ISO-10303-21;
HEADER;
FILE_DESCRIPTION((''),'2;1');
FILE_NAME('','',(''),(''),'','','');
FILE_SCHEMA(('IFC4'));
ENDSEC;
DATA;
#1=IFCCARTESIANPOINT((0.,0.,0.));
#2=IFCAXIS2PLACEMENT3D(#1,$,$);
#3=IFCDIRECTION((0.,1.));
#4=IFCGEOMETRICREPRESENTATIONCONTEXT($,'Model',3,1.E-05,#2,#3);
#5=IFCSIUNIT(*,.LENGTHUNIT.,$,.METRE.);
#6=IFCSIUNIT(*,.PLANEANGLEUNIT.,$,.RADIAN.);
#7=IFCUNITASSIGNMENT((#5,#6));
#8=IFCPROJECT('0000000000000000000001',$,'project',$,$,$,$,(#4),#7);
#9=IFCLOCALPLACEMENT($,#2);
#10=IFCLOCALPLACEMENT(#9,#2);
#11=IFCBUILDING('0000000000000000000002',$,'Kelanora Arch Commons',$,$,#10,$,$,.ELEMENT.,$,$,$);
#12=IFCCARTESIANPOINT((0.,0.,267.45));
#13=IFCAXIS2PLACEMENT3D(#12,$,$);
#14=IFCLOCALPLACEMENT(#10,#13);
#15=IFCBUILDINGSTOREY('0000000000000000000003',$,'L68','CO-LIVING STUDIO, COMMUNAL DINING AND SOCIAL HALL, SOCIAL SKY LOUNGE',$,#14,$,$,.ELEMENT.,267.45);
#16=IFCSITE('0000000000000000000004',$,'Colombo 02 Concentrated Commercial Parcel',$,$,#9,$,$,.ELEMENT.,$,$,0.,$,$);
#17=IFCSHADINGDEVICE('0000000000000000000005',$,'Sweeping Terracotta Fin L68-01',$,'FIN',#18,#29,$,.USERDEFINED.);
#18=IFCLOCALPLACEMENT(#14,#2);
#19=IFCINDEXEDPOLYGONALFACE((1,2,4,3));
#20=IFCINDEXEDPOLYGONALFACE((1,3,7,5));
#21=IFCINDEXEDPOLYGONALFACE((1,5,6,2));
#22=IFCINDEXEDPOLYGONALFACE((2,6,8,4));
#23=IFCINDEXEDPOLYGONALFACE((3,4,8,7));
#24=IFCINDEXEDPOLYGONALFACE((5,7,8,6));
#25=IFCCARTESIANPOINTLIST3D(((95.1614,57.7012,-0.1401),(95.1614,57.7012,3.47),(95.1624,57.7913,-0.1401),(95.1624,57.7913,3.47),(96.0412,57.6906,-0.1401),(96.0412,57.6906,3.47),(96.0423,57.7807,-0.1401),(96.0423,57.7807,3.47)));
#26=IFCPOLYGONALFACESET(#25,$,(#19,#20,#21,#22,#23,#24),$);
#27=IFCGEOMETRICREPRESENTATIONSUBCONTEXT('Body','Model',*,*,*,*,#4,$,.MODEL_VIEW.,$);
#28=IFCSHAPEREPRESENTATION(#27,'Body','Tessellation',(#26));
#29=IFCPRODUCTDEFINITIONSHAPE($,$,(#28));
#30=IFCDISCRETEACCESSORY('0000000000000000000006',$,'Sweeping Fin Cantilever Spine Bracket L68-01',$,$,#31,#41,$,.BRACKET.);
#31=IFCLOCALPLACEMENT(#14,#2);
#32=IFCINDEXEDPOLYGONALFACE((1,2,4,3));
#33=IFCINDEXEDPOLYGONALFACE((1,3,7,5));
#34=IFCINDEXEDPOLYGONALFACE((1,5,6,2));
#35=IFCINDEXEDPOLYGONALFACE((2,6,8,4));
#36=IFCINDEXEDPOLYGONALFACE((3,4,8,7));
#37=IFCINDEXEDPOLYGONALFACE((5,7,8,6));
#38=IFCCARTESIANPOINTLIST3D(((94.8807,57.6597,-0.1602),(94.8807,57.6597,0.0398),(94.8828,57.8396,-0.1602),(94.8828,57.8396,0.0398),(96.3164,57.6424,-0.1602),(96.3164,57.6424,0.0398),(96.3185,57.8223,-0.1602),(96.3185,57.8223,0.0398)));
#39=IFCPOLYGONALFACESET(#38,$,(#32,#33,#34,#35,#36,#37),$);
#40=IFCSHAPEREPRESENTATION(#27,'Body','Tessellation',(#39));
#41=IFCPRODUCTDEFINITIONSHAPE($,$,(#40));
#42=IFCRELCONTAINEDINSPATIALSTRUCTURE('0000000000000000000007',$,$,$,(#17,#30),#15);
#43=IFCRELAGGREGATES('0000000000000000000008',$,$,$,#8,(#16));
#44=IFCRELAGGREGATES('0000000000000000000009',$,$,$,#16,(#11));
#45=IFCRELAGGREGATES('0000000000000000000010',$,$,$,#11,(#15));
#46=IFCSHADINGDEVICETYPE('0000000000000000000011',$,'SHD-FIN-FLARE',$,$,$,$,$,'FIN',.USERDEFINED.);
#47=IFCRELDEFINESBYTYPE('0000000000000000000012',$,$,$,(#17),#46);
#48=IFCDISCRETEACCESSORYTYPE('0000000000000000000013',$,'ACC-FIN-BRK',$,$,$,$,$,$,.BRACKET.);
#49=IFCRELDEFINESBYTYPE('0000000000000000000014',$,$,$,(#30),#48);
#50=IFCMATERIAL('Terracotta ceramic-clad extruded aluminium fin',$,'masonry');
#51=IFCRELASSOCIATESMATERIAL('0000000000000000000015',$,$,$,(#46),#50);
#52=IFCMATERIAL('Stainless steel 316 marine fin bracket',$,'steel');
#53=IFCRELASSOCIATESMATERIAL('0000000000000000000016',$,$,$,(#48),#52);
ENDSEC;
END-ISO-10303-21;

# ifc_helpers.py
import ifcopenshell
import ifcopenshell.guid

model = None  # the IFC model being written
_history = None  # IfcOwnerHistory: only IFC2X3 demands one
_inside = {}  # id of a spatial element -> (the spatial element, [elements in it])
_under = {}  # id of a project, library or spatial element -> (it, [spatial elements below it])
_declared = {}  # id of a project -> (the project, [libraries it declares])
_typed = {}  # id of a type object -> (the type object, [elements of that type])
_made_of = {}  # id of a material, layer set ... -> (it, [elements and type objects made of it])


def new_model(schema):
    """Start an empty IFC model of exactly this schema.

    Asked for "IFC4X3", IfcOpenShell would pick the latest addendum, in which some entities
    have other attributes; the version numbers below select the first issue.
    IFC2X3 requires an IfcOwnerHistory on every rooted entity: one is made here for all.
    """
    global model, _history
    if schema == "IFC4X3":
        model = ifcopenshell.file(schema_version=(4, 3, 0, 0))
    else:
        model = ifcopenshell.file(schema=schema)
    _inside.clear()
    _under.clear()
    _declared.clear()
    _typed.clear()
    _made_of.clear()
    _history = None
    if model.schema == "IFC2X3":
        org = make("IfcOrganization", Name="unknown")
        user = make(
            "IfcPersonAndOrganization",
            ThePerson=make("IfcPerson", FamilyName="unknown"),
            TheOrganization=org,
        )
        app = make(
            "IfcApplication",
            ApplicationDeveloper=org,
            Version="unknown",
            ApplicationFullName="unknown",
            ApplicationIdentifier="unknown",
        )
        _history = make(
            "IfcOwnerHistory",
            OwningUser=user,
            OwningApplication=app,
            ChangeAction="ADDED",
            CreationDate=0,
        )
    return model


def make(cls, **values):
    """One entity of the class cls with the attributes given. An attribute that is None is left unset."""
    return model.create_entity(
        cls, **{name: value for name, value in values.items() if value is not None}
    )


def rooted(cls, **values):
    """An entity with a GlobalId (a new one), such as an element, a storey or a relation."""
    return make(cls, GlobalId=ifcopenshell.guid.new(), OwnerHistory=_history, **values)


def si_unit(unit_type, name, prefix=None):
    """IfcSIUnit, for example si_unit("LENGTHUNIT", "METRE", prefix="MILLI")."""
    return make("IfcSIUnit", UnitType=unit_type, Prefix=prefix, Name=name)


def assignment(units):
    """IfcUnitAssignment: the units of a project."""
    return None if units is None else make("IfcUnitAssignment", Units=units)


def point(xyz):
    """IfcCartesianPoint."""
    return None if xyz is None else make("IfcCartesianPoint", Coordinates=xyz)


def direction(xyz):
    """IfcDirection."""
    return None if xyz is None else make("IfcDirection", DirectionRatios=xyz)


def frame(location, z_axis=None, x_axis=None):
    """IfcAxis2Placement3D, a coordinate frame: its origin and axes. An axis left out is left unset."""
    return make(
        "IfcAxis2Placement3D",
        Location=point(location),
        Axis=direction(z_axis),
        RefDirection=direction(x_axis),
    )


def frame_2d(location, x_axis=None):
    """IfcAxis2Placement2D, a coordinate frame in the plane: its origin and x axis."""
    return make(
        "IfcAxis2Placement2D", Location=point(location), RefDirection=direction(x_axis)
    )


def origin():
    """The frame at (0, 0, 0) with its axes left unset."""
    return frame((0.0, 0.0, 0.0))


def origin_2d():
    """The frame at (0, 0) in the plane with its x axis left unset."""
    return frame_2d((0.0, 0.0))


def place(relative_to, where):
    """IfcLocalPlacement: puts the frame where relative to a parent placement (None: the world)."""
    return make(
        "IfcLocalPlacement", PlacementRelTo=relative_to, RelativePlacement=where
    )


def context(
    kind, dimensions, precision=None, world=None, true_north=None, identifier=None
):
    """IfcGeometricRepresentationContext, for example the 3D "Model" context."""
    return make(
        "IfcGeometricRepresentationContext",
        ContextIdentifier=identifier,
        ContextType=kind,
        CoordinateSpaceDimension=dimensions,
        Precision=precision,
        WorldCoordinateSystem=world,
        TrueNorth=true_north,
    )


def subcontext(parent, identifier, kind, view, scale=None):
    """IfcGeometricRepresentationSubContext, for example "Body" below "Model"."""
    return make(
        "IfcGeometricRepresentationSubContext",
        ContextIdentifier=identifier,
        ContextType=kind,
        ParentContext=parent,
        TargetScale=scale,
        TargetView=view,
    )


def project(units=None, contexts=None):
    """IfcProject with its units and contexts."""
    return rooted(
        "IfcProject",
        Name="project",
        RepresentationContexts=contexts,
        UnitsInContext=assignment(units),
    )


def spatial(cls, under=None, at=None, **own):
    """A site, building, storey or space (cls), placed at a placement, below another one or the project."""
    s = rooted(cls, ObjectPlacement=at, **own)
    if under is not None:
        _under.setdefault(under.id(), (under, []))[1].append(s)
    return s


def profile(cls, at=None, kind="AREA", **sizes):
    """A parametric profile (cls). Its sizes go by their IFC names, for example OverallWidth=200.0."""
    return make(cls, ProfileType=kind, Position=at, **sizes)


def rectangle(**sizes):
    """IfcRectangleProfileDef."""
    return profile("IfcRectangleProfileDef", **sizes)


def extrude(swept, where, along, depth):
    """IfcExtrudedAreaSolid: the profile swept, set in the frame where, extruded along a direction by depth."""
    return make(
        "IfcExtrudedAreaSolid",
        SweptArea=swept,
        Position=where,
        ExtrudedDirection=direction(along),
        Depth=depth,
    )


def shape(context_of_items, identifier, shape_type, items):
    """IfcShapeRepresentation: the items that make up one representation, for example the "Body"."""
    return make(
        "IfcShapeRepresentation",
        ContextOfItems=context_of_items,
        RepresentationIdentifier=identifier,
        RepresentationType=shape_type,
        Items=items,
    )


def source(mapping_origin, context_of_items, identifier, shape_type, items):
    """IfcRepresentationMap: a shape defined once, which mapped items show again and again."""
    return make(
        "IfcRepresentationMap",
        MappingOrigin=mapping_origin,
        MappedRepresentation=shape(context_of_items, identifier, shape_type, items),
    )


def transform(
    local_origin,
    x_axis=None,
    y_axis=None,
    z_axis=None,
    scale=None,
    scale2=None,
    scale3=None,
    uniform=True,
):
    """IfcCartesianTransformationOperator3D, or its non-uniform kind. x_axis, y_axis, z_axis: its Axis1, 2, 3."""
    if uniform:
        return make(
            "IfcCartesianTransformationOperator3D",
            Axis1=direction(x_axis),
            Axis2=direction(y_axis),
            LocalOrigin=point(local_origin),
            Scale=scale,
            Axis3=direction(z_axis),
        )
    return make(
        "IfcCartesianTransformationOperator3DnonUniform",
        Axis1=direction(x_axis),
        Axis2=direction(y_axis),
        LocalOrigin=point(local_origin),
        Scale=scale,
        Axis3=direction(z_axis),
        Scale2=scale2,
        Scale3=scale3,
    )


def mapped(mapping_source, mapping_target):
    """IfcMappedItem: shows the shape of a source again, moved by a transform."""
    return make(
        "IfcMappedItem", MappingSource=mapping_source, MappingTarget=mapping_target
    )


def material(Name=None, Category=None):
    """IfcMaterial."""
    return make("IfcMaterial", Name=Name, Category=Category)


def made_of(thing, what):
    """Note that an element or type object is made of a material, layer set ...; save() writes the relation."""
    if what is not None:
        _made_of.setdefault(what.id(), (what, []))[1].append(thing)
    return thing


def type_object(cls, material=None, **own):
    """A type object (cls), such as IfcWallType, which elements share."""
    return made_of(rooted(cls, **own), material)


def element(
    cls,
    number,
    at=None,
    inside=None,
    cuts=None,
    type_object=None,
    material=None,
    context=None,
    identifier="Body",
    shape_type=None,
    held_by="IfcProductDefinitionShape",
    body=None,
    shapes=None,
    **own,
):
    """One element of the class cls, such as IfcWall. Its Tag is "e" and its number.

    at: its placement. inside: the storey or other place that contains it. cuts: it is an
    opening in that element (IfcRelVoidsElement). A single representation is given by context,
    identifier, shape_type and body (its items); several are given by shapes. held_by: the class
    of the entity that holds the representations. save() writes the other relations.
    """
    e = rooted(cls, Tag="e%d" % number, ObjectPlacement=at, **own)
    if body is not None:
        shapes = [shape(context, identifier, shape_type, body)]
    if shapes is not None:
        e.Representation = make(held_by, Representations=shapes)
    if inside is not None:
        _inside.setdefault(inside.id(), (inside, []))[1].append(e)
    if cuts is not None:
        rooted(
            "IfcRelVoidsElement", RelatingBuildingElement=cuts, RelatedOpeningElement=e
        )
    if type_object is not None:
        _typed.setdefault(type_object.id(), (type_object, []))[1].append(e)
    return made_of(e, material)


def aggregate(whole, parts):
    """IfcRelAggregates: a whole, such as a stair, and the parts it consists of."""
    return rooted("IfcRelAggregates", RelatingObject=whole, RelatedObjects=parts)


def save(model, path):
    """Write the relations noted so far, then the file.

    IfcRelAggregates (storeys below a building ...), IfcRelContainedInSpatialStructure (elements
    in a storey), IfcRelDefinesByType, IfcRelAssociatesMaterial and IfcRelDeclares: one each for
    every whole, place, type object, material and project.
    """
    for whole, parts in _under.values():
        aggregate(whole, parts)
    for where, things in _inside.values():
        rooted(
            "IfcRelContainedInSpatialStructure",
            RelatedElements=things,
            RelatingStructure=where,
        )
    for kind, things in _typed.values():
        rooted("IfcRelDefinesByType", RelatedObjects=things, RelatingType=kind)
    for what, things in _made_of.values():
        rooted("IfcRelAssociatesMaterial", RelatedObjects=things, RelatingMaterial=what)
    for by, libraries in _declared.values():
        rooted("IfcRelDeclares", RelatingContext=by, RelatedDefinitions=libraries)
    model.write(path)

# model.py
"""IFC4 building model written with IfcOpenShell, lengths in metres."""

from ifc_helpers import new_model, si_unit, direction, frame, origin, origin_2d, place, context, subcontext, project, spatial, rectangle, extrude, source, transform, mapped, material, type_object, element, save


model = new_model("IFC4")

# Units and contexts
model_context = context("Model", 3, precision=1e-05, world=origin(), true_north=direction((0.0, 1.0)))
body_context = subcontext(model_context, "Body", "Model", "MODEL_VIEW")
ifc_project = project(units=[si_unit("LENGTHUNIT", "METRE"), si_unit("PLANEANGLEUNIT", "RADIAN")], contexts=[model_context])

# Site, building, storey
site_placement = place(None, origin())
site = spatial("IfcSite", under=ifc_project, at=site_placement, Name="Colombo 02 Concentrated Commercial Parcel", CompositionType="ELEMENT", RefElevation=0.0)
building_placement = place(site_placement, origin())
building = spatial("IfcBuilding", under=site, at=building_placement, Name="Kelanora Arch Commons", CompositionType="ELEMENT")
storey_placement = place(building_placement, frame((0.0, 0.0, 267.45)))
storey = spatial("IfcBuildingStorey", under=building, at=storey_placement, Name="L68", Description="CO-LIVING STUDIO, COMMUNAL DINING AND SOCIAL HALL, SOCIAL SKY LOUNGE", CompositionType="ELEMENT", Elevation=267.45)

# Shading device
ifc_material_1 = material(Name="Terracotta ceramic-clad extruded aluminium fin", Category="masonry")
shading_device_type = type_object("IfcShadingDeviceType", Name="SHD-FIN-FLARE", ElementType="FIN", PredefinedType="USERDEFINED", material=ifc_material_1)
shared_shape_1 = source(origin(), body_context, "Body", "SweptSolid", [
    extrude(rectangle(XDim=0.8799, YDim=0.0901, at=origin_2d()), origin(), (0.0, 0.0, 1.0), 3.6101),
])
shading_device_placement = place(storey_placement, frame((95.6018, 57.741, -0.1401), z_axis=(0.0, 0.0, 1.0), x_axis=(0.999927, -0.012042, 0.0)))
element("IfcShadingDevice", 1, at=shading_device_placement, inside=storey, type_object=shading_device_type, Name="Sweeping Terracotta Fin L68-01", ObjectType="FIN", PredefinedType="USERDEFINED", context=body_context, shape_type="MappedRepresentation", body=[
    mapped(shared_shape_1, transform((0.0, 0.0, 0.0), scale=1.0)),
])

# Discrete accessory
ifc_material_2 = material(Name="Stainless steel 316 marine fin bracket", Category="steel")
discrete_accessory_type = type_object("IfcDiscreteAccessoryType", Name="ACC-FIN-BRK", PredefinedType="BRACKET", material=ifc_material_2)
shared_shape_2 = source(origin(), body_context, "Body", "SweptSolid", [
    extrude(rectangle(XDim=1.4358, YDim=0.1799, at=origin_2d()), origin(), (0.0, 0.0, 1.0), 0.2),
])
discrete_accessory_placement = place(storey_placement, frame((95.5996, 57.741, -0.1602), z_axis=(0.0, 0.0, 1.0), x_axis=(0.999927, -0.012042, 0.0)))
element("IfcDiscreteAccessory", 2, at=discrete_accessory_placement, inside=storey, type_object=discrete_accessory_type, Name="Sweeping Fin Cantilever Spine Bracket L68-01", PredefinedType="BRACKET", context=body_context, shape_type="MappedRepresentation", body=[
    mapped(shared_shape_2, transform((0.0, 0.0, 0.0), scale=1.0)),
])

save(model, "model.ifc")
